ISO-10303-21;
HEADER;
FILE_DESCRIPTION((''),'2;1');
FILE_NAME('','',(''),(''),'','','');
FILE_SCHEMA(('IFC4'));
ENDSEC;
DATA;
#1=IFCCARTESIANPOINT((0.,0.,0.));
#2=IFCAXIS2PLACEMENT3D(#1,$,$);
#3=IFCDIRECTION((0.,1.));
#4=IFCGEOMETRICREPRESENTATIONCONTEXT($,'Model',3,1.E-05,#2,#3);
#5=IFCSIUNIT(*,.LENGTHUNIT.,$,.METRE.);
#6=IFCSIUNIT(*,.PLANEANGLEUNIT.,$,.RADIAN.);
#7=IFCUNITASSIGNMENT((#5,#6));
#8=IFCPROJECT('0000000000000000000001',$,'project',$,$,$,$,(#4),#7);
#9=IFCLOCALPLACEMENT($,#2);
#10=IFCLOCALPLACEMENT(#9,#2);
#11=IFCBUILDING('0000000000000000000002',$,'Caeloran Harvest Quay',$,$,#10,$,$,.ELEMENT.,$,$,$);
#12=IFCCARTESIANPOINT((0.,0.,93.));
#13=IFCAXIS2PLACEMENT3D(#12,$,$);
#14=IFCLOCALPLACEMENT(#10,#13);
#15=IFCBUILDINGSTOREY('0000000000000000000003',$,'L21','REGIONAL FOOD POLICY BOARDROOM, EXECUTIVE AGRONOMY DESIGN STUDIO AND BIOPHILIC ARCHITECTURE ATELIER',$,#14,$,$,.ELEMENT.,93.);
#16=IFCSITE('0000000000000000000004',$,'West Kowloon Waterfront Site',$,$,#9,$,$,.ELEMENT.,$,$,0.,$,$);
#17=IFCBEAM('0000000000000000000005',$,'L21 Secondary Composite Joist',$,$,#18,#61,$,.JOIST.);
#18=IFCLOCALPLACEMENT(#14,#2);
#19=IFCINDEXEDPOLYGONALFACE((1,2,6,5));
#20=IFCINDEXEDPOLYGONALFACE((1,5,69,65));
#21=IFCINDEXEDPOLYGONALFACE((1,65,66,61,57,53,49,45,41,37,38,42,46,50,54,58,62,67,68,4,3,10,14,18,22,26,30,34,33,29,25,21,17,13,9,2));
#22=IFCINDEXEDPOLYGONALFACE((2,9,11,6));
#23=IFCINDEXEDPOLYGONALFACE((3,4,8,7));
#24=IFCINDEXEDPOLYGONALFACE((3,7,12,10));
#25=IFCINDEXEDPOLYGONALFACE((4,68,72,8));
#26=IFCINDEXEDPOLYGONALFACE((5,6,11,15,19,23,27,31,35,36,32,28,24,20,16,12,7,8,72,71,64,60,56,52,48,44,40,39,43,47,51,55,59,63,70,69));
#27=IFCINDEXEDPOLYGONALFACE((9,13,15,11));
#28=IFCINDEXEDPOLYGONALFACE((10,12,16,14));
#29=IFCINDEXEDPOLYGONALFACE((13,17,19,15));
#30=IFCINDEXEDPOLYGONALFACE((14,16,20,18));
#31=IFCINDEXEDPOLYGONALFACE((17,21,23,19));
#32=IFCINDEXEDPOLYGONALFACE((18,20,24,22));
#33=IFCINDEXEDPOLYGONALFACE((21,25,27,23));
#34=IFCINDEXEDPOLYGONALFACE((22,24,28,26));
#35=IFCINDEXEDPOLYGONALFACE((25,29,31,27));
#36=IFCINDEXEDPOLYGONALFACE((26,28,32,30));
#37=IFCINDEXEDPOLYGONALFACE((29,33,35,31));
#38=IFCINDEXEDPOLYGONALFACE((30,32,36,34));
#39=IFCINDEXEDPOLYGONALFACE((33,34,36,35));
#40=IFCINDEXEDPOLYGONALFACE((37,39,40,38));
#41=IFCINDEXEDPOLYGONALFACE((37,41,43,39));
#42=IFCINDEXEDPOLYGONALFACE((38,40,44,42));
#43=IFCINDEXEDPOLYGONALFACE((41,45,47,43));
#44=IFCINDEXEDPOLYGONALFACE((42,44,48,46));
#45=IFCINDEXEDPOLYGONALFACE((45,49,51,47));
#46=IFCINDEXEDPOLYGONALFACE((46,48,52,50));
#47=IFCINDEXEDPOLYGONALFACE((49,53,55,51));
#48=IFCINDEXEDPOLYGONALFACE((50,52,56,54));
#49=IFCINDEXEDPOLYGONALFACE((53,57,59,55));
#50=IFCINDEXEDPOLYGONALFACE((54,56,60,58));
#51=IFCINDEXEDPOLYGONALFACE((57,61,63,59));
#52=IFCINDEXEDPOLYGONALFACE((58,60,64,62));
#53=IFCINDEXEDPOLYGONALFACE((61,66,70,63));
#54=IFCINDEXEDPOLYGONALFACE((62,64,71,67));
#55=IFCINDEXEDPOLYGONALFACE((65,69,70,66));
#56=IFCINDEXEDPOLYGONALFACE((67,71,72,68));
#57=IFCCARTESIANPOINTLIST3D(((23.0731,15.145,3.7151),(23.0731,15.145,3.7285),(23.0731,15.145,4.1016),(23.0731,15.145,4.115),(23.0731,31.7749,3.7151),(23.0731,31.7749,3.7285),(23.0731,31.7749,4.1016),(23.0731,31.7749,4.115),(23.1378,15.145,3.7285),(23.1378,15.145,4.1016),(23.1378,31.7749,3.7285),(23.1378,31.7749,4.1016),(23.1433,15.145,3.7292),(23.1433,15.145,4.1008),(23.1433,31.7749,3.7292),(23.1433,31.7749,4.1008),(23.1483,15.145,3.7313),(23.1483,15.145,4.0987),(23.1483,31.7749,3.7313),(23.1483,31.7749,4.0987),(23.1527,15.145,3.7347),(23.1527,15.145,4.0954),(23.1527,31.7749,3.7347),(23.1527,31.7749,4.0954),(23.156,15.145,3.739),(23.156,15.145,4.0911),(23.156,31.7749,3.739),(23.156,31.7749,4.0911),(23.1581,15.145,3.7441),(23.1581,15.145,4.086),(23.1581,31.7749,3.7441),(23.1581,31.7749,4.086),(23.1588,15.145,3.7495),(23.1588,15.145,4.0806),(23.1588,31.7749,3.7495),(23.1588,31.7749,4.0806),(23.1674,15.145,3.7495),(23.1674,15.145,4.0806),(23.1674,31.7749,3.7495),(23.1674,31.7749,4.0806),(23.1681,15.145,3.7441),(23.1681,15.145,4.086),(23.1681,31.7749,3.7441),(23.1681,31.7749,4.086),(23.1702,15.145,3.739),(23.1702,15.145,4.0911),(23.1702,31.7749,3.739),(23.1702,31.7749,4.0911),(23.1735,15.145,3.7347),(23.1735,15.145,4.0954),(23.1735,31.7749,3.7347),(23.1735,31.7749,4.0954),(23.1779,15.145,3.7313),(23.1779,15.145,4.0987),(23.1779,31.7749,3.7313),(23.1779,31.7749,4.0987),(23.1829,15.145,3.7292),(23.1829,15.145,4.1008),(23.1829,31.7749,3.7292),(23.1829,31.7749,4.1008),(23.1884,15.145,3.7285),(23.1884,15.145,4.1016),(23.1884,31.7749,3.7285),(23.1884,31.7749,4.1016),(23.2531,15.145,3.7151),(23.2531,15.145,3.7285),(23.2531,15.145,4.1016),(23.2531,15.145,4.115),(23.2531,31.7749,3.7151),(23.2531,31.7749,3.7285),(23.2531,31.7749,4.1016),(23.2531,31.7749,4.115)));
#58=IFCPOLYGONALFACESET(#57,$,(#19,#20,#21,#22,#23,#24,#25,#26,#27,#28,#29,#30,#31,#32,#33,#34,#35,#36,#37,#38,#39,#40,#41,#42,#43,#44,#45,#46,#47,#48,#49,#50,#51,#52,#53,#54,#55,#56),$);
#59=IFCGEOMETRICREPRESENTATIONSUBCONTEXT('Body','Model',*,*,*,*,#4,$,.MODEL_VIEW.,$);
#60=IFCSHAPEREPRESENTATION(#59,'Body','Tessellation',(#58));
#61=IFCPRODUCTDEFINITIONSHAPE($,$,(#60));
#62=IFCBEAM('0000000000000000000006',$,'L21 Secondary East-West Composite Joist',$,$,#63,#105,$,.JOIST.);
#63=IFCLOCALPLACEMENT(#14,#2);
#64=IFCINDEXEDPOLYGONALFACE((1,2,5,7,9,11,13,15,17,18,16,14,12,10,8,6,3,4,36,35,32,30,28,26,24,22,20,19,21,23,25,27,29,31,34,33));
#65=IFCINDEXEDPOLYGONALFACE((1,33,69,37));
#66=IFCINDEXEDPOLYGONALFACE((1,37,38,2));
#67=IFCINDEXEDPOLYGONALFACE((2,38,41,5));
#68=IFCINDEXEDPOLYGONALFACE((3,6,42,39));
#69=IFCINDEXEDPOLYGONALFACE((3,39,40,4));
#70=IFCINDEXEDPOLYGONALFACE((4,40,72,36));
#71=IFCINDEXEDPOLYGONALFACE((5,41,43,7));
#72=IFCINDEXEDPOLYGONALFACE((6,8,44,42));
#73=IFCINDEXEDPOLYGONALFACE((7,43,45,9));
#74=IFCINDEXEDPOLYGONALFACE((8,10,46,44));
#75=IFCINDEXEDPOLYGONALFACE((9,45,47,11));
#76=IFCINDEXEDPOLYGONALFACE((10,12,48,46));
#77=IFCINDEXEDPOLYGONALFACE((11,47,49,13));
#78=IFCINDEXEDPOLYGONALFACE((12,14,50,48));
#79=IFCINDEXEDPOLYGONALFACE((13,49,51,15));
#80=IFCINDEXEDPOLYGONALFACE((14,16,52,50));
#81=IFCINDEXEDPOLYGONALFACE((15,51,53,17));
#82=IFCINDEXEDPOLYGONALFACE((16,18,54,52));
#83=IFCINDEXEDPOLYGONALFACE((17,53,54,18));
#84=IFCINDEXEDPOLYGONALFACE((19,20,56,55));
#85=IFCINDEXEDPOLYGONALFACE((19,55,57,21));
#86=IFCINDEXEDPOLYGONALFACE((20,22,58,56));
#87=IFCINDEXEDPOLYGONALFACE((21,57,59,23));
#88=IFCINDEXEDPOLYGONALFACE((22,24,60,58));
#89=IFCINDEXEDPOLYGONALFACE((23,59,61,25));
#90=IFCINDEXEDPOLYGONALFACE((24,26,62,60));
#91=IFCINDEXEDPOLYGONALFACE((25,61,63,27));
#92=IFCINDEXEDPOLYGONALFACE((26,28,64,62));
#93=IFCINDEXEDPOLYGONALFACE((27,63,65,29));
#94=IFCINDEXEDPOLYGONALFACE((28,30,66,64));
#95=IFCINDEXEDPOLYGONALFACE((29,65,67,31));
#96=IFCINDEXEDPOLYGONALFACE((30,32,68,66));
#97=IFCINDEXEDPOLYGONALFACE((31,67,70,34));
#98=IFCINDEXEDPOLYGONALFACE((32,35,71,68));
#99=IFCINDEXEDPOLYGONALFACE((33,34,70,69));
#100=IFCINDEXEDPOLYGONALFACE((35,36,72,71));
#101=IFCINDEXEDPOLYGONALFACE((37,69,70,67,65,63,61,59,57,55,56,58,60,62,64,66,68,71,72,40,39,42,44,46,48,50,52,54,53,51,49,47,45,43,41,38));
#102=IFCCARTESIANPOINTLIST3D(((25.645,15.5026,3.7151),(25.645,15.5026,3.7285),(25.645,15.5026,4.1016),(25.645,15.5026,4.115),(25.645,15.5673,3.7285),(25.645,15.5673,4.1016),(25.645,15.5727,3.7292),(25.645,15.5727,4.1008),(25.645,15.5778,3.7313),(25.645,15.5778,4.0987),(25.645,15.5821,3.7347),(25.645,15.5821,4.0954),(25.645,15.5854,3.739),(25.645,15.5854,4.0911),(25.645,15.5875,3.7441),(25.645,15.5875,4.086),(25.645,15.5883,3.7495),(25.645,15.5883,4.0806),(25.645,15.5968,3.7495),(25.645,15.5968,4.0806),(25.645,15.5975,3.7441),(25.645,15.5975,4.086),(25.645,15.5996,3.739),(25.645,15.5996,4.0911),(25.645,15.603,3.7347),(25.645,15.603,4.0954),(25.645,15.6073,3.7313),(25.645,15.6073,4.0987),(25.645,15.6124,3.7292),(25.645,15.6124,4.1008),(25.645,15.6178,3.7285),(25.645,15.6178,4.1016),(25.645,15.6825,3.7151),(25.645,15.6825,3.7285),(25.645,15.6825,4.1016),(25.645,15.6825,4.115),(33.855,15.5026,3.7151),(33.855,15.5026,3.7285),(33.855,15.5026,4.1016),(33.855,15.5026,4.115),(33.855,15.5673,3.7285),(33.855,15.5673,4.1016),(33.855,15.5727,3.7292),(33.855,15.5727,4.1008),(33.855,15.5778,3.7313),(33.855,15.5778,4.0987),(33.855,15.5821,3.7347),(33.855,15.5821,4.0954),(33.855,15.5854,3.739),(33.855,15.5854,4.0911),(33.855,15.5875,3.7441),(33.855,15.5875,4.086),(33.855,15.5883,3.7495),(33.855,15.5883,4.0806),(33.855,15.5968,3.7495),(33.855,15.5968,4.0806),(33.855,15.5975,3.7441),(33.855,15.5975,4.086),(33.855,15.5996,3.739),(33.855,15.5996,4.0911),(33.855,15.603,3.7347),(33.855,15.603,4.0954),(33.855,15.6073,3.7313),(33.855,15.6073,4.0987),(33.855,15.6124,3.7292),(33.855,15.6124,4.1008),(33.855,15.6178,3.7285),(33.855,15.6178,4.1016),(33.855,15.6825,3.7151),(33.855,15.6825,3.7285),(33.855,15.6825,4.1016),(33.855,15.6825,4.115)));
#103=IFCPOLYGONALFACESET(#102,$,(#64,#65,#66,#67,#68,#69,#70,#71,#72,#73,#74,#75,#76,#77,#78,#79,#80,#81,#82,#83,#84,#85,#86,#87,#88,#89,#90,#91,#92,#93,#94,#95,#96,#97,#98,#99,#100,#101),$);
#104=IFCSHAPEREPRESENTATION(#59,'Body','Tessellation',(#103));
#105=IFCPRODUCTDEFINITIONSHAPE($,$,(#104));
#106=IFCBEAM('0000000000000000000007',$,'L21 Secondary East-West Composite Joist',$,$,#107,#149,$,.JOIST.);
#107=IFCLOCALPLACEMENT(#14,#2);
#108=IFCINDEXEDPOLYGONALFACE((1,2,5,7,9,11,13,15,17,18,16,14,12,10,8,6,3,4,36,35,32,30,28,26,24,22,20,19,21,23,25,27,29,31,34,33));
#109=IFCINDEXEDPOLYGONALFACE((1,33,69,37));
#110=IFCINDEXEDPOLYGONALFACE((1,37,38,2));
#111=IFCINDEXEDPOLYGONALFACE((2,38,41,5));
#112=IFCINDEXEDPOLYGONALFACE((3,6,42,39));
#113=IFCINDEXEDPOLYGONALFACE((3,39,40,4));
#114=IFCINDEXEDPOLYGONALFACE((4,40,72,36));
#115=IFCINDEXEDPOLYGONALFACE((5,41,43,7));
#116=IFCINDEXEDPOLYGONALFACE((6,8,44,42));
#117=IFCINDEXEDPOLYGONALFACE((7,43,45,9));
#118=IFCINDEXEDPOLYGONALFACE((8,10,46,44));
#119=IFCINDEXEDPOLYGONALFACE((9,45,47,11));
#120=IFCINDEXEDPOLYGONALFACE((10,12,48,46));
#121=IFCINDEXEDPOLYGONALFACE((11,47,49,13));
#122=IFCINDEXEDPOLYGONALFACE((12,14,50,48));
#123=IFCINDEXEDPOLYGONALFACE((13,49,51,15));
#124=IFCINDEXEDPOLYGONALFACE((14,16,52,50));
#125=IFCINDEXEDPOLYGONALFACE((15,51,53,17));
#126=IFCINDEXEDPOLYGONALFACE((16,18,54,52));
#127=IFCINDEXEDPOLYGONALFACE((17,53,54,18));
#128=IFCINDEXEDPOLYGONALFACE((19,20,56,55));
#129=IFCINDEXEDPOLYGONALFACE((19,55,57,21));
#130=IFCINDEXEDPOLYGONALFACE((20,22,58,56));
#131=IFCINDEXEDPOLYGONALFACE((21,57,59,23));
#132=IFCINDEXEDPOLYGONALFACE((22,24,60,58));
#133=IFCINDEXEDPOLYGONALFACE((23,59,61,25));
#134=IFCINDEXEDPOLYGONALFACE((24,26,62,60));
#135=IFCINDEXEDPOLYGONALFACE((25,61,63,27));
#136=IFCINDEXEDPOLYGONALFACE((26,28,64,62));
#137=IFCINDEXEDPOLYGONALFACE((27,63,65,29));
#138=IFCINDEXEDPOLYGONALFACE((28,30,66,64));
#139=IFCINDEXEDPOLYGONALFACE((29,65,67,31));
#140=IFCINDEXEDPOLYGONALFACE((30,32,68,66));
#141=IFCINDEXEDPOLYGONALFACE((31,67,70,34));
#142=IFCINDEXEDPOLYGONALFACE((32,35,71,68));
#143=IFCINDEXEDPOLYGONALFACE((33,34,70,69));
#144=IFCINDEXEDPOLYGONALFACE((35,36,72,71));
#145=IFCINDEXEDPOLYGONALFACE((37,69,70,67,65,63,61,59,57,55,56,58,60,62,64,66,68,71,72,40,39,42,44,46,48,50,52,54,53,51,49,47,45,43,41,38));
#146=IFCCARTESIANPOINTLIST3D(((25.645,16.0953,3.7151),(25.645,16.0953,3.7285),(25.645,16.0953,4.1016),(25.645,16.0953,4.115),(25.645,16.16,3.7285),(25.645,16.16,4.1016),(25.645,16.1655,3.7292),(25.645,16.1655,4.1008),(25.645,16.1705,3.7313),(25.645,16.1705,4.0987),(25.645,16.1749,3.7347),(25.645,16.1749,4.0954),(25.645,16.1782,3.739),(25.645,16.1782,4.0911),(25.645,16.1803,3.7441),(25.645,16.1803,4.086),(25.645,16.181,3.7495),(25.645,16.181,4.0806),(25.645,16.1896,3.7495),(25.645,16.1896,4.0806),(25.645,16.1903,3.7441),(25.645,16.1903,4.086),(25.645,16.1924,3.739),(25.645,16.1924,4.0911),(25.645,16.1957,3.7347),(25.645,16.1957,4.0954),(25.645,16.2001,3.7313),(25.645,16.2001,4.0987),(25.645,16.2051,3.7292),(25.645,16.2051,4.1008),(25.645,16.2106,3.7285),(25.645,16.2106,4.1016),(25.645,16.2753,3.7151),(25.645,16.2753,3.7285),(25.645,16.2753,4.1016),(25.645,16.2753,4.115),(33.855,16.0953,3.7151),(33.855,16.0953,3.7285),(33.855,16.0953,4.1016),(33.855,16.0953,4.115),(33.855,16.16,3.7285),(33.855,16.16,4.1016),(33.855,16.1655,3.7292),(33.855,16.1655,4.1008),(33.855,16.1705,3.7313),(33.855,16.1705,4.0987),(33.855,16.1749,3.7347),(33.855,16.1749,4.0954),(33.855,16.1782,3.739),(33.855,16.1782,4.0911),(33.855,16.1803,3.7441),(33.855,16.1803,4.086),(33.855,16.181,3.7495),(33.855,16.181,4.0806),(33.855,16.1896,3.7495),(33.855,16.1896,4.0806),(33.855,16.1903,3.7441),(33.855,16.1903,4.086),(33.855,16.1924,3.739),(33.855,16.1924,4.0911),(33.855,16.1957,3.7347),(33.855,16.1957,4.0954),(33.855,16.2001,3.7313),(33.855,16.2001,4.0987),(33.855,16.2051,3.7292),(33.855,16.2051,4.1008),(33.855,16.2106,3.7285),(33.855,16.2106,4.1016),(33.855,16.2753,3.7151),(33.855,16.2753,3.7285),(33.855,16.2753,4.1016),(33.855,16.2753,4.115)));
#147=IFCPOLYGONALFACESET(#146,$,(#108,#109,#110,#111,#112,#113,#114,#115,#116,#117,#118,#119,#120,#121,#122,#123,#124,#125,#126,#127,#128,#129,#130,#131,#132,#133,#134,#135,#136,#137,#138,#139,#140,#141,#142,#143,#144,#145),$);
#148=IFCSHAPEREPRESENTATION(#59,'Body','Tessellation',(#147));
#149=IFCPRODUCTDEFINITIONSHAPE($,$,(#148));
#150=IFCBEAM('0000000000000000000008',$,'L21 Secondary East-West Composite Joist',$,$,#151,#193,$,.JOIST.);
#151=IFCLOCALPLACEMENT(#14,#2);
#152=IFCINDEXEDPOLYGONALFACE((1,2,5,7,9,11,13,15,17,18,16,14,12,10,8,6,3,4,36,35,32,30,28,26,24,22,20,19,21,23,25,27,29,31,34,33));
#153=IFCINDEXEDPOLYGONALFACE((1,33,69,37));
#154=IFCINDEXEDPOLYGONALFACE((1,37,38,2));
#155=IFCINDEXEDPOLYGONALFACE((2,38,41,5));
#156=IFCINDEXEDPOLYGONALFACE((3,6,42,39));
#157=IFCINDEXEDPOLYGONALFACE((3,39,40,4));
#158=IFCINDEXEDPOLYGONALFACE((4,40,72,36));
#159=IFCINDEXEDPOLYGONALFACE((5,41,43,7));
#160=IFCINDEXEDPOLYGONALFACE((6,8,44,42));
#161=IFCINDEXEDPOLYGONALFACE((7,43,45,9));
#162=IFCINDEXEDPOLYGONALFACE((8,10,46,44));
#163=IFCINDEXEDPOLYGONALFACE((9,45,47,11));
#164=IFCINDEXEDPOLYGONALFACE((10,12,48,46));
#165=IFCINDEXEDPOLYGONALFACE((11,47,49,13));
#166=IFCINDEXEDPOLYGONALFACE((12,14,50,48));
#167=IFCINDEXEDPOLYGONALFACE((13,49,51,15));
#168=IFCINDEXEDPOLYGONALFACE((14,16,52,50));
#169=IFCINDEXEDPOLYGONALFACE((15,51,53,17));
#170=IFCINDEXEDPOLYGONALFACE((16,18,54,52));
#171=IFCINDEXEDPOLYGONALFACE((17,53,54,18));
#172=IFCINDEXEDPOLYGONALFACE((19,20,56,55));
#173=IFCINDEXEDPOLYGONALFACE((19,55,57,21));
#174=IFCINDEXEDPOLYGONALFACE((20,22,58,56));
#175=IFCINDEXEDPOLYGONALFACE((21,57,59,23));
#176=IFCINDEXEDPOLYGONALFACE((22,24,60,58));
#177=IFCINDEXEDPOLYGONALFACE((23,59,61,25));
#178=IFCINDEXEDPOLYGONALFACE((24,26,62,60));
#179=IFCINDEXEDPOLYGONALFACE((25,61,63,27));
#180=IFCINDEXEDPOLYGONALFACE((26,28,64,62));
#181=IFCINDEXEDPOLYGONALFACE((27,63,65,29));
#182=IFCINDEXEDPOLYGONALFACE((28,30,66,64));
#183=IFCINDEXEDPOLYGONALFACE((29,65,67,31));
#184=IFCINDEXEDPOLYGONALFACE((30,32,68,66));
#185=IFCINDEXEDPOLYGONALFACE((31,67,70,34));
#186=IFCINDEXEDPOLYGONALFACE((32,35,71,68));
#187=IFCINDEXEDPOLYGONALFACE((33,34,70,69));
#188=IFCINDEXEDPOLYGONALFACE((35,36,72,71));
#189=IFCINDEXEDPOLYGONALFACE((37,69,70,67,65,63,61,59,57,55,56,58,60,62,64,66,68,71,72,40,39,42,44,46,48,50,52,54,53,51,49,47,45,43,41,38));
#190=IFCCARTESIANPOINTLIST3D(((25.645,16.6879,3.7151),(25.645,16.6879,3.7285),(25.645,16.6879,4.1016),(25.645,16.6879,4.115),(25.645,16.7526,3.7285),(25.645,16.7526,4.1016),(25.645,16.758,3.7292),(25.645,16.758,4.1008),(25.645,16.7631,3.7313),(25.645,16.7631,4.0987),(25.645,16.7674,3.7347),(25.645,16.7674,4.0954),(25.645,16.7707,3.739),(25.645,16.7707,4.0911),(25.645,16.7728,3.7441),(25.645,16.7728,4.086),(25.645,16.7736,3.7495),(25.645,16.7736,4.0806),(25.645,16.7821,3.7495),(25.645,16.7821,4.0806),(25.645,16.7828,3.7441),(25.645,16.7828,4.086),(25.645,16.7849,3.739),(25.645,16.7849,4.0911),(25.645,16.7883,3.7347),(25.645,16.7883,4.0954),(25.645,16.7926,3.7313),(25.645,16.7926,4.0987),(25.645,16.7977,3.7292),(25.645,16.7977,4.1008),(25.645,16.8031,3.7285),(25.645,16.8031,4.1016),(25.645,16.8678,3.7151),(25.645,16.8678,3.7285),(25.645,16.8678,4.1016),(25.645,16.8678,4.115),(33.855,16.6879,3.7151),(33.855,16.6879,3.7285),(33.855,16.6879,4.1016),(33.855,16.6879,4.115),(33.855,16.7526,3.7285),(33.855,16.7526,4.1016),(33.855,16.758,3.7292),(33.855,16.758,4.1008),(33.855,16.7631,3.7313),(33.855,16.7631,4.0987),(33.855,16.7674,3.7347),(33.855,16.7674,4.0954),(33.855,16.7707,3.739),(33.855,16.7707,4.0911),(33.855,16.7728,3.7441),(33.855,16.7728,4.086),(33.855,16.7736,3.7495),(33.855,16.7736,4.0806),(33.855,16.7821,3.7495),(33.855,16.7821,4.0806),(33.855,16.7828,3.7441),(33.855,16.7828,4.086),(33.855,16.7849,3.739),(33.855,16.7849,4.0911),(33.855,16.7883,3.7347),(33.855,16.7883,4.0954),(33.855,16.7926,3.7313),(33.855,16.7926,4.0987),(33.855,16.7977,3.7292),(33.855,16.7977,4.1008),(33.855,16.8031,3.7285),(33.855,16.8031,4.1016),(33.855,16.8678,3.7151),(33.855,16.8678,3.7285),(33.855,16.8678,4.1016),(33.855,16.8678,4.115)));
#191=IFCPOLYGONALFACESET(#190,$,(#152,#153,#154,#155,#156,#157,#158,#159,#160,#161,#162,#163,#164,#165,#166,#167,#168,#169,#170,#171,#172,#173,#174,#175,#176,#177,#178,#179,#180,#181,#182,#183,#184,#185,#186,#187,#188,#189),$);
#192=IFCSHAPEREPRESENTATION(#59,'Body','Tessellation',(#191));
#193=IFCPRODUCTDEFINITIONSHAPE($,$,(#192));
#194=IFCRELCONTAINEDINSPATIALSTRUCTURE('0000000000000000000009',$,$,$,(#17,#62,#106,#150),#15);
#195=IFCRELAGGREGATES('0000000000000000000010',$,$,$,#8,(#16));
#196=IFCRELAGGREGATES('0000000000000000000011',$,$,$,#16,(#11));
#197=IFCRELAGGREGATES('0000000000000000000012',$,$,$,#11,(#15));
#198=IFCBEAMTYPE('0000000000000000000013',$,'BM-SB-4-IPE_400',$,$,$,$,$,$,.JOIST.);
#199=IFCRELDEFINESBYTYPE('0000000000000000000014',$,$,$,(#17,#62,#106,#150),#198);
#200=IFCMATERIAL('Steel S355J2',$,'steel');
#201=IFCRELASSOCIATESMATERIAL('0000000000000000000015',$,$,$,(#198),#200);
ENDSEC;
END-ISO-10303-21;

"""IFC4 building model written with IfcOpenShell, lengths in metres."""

from ifc_helpers import new_model, si_unit, direction, frame, origin, origin_2d, place, context, subcontext, project, spatial, i_section, extrude, material, material_profile, profile_set, type_object, element, save


model = new_model("IFC4")

# Units and contexts
model_context = context("Model", 3, precision=1e-05, world=origin(), true_north=direction((0.0, 1.0)))
body_context = subcontext(model_context, "Body", "Model", "MODEL_VIEW")
ifc_project = project(units=[si_unit("LENGTHUNIT", "METRE"), si_unit("PLANEANGLEUNIT", "RADIAN")], contexts=[model_context])

# Site, building, storey
site_placement = place(None, origin())
site = spatial("IfcSite", under=ifc_project, at=site_placement, Name="West Kowloon Waterfront Site", CompositionType="ELEMENT", RefElevation=0.0)
building_placement = place(site_placement, origin())
building = spatial("IfcBuilding", under=site, at=building_placement, Name="Caeloran Harvest Quay", CompositionType="ELEMENT")
storey_placement = place(building_placement, frame((0.0, 0.0, 93.0)))
storey = spatial("IfcBuildingStorey", under=building, at=storey_placement, Name="L21", Description="REGIONAL FOOD POLICY BOARDROOM, EXECUTIVE AGRONOMY DESIGN STUDIO AND BIOPHILIC ARCHITECTURE ATELIER", CompositionType="ELEMENT", Elevation=93.0)

# Beams
ifc_material_1 = material(Name="Steel S355J2", Category="steel")
ifc_material_profile_1 = material_profile(ifc_material_1, i_section(OverallWidth=0.1799, OverallDepth=0.3999, WebThickness=0.0085, FlangeThickness=0.0134, FilletRadius=0.021, at=origin_2d()), Name="IPE 400")
ifc_profile_set_1 = profile_set([ifc_material_profile_1], Name="Steel S355J2")
beam_type_1 = type_object("IfcBeamType", Name="BM-SB-4-IPE_400", PredefinedType="JOIST", material=ifc_profile_set_1)
beam_1_placement = place(storey_placement, frame((23.1631, 15.145, 3.915), z_axis=(0.0, 1.0, 0.0), x_axis=(-1.0, 0.0, 0.0)))
element("IfcBeam", 1, at=beam_1_placement, inside=storey, type_object=beam_type_1, Name="L21 Secondary Composite Joist", PredefinedType="JOIST", context=body_context, shape_type="SweptSolid", body=[
    extrude(i_section(OverallWidth=0.1799, OverallDepth=0.3999, WebThickness=0.0085, FlangeThickness=0.0134, FilletRadius=0.021, at=origin_2d()), origin(), (0.0, 0.0, 1.0), 16.6299),
])
for number, where, z_axis, x_axis, name in (
    (2, (25.645, 15.5925, 3.915), (1.0, 0.0, 0.0), (0.0, 1.0, 0.0), "L21 Secondary East-West Composite Joist"),
    (3, (25.645, 16.1853, 3.915), (1.0, 0.0, 0.0), (0.0, 1.0, 0.0), "L21 Secondary East-West Composite Joist"),
    (4, (25.645, 16.7778, 3.915), (1.0, 0.0, 0.0), (0.0, 1.0, 0.0), "L21 Secondary East-West Composite Joist"),
):
    element("IfcBeam", number, at=place(storey_placement, frame(where, z_axis=z_axis, x_axis=x_axis)), inside=storey, type_object=beam_type_1, Name=name, PredefinedType="JOIST", context=body_context, shape_type="SweptSolid", body=[
        extrude(i_section(OverallWidth=0.1799, OverallDepth=0.3999, WebThickness=0.0085, FlangeThickness=0.0134, FilletRadius=0.021, at=origin_2d()), origin(), (0.0, 0.0, 1.0), 8.21),
    ])

save(model, "model.ifc")
